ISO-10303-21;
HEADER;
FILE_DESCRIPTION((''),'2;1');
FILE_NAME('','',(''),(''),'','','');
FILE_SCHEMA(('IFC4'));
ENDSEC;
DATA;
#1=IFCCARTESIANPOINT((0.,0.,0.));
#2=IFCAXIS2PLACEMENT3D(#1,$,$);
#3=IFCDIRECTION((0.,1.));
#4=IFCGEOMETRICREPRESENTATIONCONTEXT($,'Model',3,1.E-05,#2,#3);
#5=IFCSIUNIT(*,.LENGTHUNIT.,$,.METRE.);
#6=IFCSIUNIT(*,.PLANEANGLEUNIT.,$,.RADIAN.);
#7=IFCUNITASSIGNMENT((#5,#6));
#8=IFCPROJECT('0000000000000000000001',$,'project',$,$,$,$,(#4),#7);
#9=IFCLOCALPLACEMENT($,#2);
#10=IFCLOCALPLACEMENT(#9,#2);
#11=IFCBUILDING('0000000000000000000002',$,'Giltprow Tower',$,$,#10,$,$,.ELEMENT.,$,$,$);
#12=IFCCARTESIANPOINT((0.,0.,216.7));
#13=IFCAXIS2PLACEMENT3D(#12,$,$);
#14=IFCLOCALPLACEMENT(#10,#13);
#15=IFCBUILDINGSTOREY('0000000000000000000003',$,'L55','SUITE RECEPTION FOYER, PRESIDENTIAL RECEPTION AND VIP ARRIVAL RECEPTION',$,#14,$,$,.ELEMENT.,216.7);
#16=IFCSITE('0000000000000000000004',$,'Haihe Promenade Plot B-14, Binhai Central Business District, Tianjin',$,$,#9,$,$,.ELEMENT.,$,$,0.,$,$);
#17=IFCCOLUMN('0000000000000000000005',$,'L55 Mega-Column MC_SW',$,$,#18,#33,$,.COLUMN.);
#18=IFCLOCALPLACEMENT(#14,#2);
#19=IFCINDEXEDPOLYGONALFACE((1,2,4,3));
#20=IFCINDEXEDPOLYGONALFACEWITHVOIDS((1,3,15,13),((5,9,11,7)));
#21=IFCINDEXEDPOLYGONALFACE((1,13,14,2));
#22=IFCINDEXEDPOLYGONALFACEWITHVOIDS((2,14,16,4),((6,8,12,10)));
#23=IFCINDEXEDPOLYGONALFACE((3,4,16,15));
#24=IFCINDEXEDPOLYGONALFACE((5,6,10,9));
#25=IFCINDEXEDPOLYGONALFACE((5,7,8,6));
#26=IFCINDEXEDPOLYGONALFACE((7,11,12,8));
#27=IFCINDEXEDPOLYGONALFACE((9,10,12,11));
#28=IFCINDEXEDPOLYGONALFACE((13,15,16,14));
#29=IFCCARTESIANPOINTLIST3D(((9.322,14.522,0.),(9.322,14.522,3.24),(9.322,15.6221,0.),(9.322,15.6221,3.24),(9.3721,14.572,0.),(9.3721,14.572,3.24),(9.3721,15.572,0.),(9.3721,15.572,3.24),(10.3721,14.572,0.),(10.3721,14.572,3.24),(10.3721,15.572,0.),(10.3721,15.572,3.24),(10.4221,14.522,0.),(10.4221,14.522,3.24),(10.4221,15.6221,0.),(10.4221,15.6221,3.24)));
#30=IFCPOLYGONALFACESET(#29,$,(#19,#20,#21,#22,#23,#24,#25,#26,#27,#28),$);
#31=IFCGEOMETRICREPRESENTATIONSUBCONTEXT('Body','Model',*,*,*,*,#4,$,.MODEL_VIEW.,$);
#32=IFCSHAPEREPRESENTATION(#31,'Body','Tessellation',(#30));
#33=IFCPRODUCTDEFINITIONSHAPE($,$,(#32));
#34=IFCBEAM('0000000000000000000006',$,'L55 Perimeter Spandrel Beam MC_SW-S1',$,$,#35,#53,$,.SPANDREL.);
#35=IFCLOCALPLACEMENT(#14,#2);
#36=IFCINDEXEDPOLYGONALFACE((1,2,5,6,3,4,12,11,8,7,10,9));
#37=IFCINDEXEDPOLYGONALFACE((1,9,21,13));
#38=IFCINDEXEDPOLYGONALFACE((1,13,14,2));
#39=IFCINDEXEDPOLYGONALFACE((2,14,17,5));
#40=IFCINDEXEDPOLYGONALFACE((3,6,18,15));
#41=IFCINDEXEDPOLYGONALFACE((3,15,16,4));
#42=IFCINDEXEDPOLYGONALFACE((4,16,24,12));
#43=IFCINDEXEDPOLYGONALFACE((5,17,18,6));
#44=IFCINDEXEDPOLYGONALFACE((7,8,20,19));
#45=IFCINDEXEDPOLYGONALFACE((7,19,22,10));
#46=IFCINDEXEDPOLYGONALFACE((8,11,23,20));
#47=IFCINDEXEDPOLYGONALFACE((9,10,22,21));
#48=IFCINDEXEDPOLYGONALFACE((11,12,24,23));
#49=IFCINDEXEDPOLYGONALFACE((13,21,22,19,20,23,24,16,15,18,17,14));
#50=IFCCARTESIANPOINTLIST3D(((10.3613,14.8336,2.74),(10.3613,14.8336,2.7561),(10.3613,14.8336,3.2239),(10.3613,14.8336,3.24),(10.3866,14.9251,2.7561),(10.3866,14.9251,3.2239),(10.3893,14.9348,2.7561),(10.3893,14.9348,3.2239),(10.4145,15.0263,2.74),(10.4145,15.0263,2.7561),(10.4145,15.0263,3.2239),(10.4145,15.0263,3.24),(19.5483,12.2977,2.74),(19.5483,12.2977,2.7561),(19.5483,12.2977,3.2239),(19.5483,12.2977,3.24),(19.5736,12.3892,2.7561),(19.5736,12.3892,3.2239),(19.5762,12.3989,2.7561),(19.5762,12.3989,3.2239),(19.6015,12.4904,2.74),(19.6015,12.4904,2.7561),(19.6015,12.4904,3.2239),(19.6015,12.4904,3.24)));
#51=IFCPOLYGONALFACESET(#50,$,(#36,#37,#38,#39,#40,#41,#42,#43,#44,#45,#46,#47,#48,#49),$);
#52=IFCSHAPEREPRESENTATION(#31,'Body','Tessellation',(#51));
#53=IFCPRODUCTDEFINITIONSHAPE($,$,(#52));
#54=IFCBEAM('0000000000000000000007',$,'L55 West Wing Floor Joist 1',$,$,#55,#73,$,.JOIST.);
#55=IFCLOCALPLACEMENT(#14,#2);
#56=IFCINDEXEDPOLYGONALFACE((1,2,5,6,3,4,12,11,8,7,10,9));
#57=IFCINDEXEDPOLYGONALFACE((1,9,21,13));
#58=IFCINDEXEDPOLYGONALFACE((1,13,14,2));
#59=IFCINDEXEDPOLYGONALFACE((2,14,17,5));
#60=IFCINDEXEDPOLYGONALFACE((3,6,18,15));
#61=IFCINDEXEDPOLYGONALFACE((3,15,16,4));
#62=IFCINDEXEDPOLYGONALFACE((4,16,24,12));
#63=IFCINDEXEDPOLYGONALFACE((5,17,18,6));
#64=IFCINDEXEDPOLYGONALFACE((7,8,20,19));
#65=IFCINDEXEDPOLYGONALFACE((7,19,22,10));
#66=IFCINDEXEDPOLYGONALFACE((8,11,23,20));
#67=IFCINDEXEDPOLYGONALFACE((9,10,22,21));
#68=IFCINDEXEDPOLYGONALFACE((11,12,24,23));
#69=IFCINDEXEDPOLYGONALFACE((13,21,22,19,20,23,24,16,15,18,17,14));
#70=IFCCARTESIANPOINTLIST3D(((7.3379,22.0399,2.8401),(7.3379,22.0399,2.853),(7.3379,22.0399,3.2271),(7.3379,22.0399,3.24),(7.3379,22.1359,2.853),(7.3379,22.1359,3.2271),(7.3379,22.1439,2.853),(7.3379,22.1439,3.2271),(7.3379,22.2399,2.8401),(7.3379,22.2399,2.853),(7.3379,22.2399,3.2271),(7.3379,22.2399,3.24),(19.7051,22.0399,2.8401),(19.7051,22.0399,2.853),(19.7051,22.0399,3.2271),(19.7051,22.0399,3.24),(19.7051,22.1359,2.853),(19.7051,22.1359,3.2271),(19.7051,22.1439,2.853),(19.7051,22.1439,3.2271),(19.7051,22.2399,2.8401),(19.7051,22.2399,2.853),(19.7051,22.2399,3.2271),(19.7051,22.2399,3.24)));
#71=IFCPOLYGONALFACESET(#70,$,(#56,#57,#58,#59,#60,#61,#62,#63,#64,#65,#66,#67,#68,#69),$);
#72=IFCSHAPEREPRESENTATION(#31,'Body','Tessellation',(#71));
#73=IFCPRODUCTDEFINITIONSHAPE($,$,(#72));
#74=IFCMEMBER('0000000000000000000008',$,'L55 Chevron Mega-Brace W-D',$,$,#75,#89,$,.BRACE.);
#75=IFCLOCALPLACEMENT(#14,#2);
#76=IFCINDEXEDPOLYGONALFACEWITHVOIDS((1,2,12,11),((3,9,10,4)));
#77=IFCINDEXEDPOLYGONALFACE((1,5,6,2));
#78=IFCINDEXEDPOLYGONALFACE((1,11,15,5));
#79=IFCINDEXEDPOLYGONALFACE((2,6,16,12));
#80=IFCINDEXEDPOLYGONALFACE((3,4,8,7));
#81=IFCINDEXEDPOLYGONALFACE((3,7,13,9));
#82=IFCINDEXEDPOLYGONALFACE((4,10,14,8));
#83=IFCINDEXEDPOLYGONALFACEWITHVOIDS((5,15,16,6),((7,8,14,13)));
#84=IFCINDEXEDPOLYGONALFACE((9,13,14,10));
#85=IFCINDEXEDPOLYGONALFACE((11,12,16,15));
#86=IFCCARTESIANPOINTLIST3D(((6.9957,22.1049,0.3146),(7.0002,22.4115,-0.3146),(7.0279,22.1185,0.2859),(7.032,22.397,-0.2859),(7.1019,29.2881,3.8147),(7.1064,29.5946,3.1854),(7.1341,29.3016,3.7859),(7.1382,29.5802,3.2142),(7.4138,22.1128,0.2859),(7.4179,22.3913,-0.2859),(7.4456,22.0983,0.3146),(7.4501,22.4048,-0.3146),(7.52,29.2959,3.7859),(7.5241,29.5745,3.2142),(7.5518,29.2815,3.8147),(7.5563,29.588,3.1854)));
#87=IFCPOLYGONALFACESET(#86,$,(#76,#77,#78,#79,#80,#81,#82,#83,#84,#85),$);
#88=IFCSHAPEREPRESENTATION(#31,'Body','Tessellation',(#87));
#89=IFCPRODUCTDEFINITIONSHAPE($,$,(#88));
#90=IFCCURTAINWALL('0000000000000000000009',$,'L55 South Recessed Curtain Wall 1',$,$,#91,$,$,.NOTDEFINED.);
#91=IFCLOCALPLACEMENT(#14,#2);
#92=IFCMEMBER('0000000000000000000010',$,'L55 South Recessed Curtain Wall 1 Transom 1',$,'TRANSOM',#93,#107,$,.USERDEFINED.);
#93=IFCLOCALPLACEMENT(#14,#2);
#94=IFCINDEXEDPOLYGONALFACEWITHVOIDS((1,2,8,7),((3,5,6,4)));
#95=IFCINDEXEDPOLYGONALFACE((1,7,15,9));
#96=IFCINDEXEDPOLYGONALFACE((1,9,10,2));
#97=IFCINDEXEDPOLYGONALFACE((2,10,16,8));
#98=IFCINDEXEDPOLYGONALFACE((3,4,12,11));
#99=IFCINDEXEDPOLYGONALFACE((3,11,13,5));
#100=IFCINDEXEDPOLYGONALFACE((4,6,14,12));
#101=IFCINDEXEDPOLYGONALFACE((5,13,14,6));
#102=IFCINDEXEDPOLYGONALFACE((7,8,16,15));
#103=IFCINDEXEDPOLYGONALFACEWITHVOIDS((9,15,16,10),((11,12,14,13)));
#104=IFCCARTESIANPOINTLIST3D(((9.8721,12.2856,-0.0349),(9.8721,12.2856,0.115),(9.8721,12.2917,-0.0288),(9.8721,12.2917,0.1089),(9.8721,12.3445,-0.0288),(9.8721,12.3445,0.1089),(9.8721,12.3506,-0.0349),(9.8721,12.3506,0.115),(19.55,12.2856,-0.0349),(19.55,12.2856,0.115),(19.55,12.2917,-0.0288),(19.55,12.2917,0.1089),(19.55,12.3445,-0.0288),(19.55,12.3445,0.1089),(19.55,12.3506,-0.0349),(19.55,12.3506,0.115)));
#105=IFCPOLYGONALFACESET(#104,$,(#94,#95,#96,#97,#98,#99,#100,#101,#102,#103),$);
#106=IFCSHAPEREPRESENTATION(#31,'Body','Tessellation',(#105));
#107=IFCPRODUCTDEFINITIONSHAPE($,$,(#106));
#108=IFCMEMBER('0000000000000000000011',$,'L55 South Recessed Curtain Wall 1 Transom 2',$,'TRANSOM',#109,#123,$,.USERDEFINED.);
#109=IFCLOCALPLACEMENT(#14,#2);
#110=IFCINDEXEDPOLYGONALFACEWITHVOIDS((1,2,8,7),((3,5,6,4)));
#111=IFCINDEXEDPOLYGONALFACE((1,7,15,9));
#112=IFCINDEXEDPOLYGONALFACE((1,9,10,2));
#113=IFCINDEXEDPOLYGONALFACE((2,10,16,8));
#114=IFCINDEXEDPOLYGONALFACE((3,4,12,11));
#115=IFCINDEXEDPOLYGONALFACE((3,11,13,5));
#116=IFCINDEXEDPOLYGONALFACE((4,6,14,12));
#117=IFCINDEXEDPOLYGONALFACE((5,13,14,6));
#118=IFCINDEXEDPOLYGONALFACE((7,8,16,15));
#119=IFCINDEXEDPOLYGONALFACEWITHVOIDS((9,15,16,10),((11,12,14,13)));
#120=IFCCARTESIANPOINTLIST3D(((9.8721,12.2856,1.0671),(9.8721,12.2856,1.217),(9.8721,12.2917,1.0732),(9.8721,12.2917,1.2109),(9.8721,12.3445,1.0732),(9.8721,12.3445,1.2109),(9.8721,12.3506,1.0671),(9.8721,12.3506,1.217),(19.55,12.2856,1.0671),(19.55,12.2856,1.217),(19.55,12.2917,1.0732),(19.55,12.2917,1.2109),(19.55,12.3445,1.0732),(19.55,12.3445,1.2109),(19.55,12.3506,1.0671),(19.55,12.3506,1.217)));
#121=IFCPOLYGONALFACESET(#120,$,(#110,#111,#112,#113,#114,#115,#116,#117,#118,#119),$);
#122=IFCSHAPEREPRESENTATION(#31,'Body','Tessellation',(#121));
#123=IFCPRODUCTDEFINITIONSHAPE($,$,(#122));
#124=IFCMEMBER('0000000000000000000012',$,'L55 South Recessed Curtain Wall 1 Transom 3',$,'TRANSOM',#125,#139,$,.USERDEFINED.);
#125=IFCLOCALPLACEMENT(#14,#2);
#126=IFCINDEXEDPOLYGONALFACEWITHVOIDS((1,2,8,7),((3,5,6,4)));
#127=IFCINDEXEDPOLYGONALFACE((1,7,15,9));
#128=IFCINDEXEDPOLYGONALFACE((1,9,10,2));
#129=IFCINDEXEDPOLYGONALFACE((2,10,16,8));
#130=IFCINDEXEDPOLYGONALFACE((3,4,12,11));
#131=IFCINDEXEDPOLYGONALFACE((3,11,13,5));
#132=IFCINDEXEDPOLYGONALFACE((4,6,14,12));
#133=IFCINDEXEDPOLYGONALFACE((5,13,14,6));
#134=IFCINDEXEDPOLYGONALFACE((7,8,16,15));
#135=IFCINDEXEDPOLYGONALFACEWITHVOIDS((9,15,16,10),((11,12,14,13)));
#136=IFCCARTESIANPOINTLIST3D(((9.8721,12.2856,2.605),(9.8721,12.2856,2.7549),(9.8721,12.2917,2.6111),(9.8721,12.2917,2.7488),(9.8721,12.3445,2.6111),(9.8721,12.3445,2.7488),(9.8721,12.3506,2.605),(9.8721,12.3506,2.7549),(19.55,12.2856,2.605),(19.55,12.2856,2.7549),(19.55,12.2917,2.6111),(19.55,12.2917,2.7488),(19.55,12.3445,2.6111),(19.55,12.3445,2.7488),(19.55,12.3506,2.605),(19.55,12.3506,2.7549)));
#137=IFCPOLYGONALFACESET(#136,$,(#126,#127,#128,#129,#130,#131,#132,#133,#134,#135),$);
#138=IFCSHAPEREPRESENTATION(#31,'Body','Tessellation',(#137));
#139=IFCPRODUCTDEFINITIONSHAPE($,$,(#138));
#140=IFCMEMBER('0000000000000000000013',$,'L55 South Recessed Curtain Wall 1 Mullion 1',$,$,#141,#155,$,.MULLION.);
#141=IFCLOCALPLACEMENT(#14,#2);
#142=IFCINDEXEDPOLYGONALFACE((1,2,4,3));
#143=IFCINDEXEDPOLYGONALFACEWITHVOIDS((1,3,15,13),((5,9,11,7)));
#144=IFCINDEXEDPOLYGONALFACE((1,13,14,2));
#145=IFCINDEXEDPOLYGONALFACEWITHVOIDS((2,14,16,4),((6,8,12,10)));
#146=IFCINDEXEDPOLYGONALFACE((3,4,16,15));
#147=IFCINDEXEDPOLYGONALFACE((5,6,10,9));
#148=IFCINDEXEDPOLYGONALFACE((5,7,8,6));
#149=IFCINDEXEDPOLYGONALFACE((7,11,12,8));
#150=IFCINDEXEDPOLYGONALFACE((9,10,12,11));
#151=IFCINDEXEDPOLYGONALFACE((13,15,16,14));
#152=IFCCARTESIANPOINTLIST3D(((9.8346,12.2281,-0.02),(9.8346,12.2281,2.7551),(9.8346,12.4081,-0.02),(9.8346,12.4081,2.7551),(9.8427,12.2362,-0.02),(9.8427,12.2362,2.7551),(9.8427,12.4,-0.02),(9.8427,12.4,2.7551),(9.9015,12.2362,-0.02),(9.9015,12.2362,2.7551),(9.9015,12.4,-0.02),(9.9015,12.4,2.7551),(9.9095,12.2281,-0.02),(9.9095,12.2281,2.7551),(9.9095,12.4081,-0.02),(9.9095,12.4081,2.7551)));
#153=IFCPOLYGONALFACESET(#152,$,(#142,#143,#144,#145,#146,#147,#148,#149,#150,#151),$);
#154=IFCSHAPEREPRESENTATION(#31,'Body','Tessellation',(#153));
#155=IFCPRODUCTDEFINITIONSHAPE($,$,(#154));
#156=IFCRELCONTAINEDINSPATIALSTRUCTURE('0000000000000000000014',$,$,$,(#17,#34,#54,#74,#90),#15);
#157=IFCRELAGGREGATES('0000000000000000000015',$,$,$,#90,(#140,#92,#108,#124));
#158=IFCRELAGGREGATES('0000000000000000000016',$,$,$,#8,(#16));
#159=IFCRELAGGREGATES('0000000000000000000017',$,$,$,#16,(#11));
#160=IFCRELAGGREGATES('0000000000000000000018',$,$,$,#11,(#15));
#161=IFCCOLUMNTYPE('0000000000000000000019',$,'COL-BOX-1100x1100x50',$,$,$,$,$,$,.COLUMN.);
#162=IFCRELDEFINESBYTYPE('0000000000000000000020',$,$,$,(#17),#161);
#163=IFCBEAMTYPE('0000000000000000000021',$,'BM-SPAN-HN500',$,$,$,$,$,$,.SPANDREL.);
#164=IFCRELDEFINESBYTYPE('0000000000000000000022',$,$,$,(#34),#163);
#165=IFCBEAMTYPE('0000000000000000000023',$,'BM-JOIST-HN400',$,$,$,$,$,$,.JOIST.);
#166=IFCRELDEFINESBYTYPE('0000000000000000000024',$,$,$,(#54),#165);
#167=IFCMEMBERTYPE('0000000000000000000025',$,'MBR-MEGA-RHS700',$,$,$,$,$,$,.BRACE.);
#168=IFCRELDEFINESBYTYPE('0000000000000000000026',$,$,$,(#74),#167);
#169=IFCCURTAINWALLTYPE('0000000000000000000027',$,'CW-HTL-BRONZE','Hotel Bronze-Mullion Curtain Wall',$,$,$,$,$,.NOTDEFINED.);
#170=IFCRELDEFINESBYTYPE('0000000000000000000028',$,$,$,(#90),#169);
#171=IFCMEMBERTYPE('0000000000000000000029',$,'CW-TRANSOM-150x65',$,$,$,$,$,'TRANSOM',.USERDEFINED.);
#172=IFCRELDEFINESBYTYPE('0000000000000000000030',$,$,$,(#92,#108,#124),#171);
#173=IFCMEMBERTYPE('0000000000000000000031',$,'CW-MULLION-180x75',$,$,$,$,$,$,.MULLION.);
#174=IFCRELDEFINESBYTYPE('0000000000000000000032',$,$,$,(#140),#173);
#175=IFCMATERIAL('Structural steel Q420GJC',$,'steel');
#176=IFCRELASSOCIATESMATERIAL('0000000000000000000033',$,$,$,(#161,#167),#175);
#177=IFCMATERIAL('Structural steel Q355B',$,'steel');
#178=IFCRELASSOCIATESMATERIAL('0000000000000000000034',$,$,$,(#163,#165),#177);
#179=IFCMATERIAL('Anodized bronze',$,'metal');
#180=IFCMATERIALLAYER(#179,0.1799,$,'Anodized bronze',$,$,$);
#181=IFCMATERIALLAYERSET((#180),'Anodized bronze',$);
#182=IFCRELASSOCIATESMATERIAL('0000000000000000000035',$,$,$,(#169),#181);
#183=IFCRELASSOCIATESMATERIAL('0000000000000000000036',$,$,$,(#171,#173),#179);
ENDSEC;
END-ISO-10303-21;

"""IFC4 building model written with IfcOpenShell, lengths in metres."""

from ifc_helpers import new_model, si_unit, direction, frame, origin, origin_2d, place, context, subcontext, project, spatial, hollow_rectangle, i_section, extrude, source, transform, mapped, material, layer, layer_set, material_profile, profile_set, type_object, element, aggregate, save


model = new_model("IFC4")

# Units and contexts
model_context = context("Model", 3, precision=1e-05, world=origin(), true_north=direction((0.0, 1.0)))
body_context = subcontext(model_context, "Body", "Model", "MODEL_VIEW")
ifc_project = project(units=[si_unit("LENGTHUNIT", "METRE"), si_unit("PLANEANGLEUNIT", "RADIAN")], contexts=[model_context])

# Site, building, storey
site_placement = place(None, origin())
site = spatial("IfcSite", under=ifc_project, at=site_placement, Name="Haihe Promenade Plot B-14, Binhai Central Business District, Tianjin", CompositionType="ELEMENT", RefElevation=0.0)
building_placement = place(site_placement, origin())
building = spatial("IfcBuilding", under=site, at=building_placement, Name="Giltprow Tower", CompositionType="ELEMENT")
storey_placement = place(building_placement, frame((0.0, 0.0, 216.7)))
storey = spatial("IfcBuildingStorey", under=building, at=storey_placement, Name="L55", Description="SUITE RECEPTION FOYER, PRESIDENTIAL RECEPTION AND VIP ARRIVAL RECEPTION", CompositionType="ELEMENT", Elevation=216.7)

# Column
ifc_material_1 = material(Name="Structural steel Q420GJC", Category="steel")
ifc_material_profile_1 = material_profile(ifc_material_1, hollow_rectangle(XDim=1.1001, YDim=1.1001, WallThickness=0.05, at=origin_2d()), Name="BOX 1100x1100x50")
ifc_profile_set_1 = profile_set([ifc_material_profile_1], Name="Structural steel Q420GJC")
column_type = type_object("IfcColumnType", Name="COL-BOX-1100x1100x50", PredefinedType="COLUMN", material=ifc_profile_set_1)
shared_shape_1 = source(origin(), body_context, "Body", "SweptSolid", [
    extrude(hollow_rectangle(XDim=1.1001, YDim=1.1001, WallThickness=0.05, at=origin_2d()), origin(), (0.0, 0.0, 1.0), 3.24),
])
column_placement = place(storey_placement, frame((9.8721, 15.072, 0.0), z_axis=(0.0, 0.0, 1.0), x_axis=(1.0, 0.0, 0.0)))
element("IfcColumn", 1, at=column_placement, inside=storey, type_object=column_type, Name="L55 Mega-Column MC_SW", PredefinedType="COLUMN", context=body_context, shape_type="MappedRepresentation", body=[
    mapped(shared_shape_1, transform((0.0, 0.0, 0.0), x_axis=(1.0, 0.0, 0.0), y_axis=(0.0, 1.0, 0.0), z_axis=(0.0, 0.0, 1.0), scale=1.0)),
])

# Beams
ifc_material_2 = material(Name="Structural steel Q355B", Category="steel")
ifc_material_profile_2 = material_profile(ifc_material_2, i_section(OverallWidth=0.2, OverallDepth=0.5, WebThickness=0.01, FlangeThickness=0.0161, at=origin_2d()), Name="HN 500x200x10x16")
ifc_profile_set_2 = profile_set([ifc_material_profile_2], Name="Structural steel Q355B")
beam_type_1 = type_object("IfcBeamType", Name="BM-SPAN-HN500", PredefinedType="SPANDREL", material=ifc_profile_set_2)
shared_shape_2 = source(origin(), body_context, "Body", "SweptSolid", [
    extrude(i_section(OverallWidth=0.2, OverallDepth=0.5, WebThickness=0.01, FlangeThickness=0.0161, at=origin_2d()), origin(), (0.0, 0.0, 1.0), 9.5305),
])
beam_1_placement = place(storey_placement, frame((10.3879, 14.9299, 2.99), z_axis=(0.963951, -0.266079, 0.0), x_axis=(0.266079, 0.963951, 0.0)))
element("IfcBeam", 2, at=beam_1_placement, inside=storey, type_object=beam_type_1, Name="L55 Perimeter Spandrel Beam MC_SW-S1", PredefinedType="SPANDREL", context=body_context, shape_type="MappedRepresentation", body=[
    mapped(shared_shape_2, transform((0.0, 0.0, 0.0), x_axis=(1.0, 0.0, 0.0), y_axis=(0.0, 1.0, 0.0), z_axis=(0.0, 0.0, 1.0), scale=1.0)),
])
ifc_material_profile_3 = material_profile(ifc_material_2, i_section(OverallWidth=0.2, OverallDepth=0.3999, WebThickness=0.0081, FlangeThickness=0.0129, at=origin_2d()), Name="HN 400x200x8x13")
ifc_profile_set_3 = profile_set([ifc_material_profile_3], Name="Structural steel Q355B")
beam_type_2 = type_object("IfcBeamType", Name="BM-JOIST-HN400", PredefinedType="JOIST", material=ifc_profile_set_3)
shared_shape_3 = source(origin(), body_context, "Body", "SweptSolid", [
    extrude(i_section(OverallWidth=0.2, OverallDepth=0.3999, WebThickness=0.0081, FlangeThickness=0.0129, at=origin_2d()), origin(), (0.0, 0.0, 1.0), 12.3672),
])
beam_2_placement = place(storey_placement, frame((7.3379, 22.1399, 3.04), z_axis=(1.0, 0.0, 0.0), x_axis=(0.0, 1.0, 0.0)))
element("IfcBeam", 3, at=beam_2_placement, inside=storey, type_object=beam_type_2, Name="L55 West Wing Floor Joist 1", PredefinedType="JOIST", context=body_context, shape_type="MappedRepresentation", body=[
    mapped(shared_shape_3, transform((0.0, 0.0, 0.0), x_axis=(1.0, 0.0, 0.0), y_axis=(0.0, 1.0, 0.0), z_axis=(0.0, 0.0, 1.0), scale=1.0)),
])

# Member
ifc_material_profile_4 = material_profile(ifc_material_1, hollow_rectangle(XDim=0.45, YDim=0.7, WallThickness=0.032, at=origin_2d()), Name="RHS 700x450x32")
ifc_profile_set_4 = profile_set([ifc_material_profile_4], Name="Structural steel Q420GJC")
member_type_1 = type_object("IfcMemberType", Name="MBR-MEGA-RHS700", PredefinedType="BRACE", material=ifc_profile_set_4)
shared_shape_4 = source(origin(), body_context, "Body", "SweptSolid", [
    extrude(hollow_rectangle(XDim=0.45, YDim=0.7, WallThickness=0.032, at=origin_2d()), origin(), (0.0, 0.0, 1.0), 7.9912),
])
member_1_placement = place(storey_placement, frame((7.2229, 22.2549, 0.0), z_axis=(0.01329, 0.898884, 0.437985), x_axis=(-0.999891, 0.014783, 0.0)))
element("IfcMember", 4, at=member_1_placement, inside=storey, type_object=member_type_1, Name="L55 Chevron Mega-Brace W-D", PredefinedType="BRACE", context=body_context, shape_type="MappedRepresentation", body=[
    mapped(shared_shape_4, transform((0.0, 0.0, 0.0), x_axis=(1.0, 0.0, 0.0), y_axis=(0.0, 1.0, 0.0), z_axis=(0.0, 0.0, 1.0), scale=1.0)),
])

# Curtain wall, members
ifc_material_3 = material(Name="Anodized bronze", Category="metal")
ifc_layer_1 = layer(ifc_material_3, 0.1799, Name="Anodized bronze")
ifc_layer_set_1 = layer_set([ifc_layer_1], Name="Anodized bronze")
curtain_wall_type = type_object("IfcCurtainWallType", Name="CW-HTL-BRONZE", Description="Hotel Bronze-Mullion Curtain Wall", PredefinedType="NOTDEFINED", material=ifc_layer_set_1)
curtain_wall_placement = place(storey_placement, origin())
curtain_wall = element("IfcCurtainWall", 5, at=curtain_wall_placement, inside=storey, type_object=curtain_wall_type, Name="L55 South Recessed Curtain Wall 1", PredefinedType="NOTDEFINED")
ifc_material_profile_5 = material_profile(ifc_material_3, hollow_rectangle(XDim=0.0649, YDim=0.1499, WallThickness=0.0061, at=origin_2d()), Name="RHS 150x65x6")
ifc_profile_set_5 = profile_set([ifc_material_profile_5], Name="Anodized bronze")
member_type_2 = type_object("IfcMemberType", Name="CW-TRANSOM-150x65", ElementType="TRANSOM", PredefinedType="USERDEFINED", material=ifc_profile_set_5)
shared_shape_5 = source(origin(), body_context, "Body", "SweptSolid", [
    extrude(hollow_rectangle(XDim=0.0649, YDim=0.1499, WallThickness=0.0061, at=origin_2d()), origin(), (0.0, 0.0, 1.0), 9.678),
])
member_2_placement = place(storey_placement, frame((9.8721, 12.3181, 0.04), z_axis=(1.0, 0.0, 0.0), x_axis=(0.0, 1.0, 0.0)))
member_2 = element("IfcMember", 6, at=member_2_placement, type_object=member_type_2, Name="L55 South Recessed Curtain Wall 1 Transom 1", ObjectType="TRANSOM", PredefinedType="USERDEFINED", context=body_context, shape_type="MappedRepresentation", body=[
    mapped(shared_shape_5, transform((0.0, 0.0, 0.0), x_axis=(1.0, 0.0, 0.0), y_axis=(0.0, 1.0, 0.0), z_axis=(0.0, 0.0, 1.0), scale=1.0)),
])
member_3_placement = place(storey_placement, frame((9.8721, 12.3181, 1.1421), z_axis=(1.0, 0.0, 0.0), x_axis=(0.0, 1.0, 0.0)))
member_3 = element("IfcMember", 7, at=member_3_placement, type_object=member_type_2, Name="L55 South Recessed Curtain Wall 1 Transom 2", ObjectType="TRANSOM", PredefinedType="USERDEFINED", context=body_context, shape_type="MappedRepresentation", body=[
    mapped(shared_shape_5, transform((0.0, 0.0, 0.0), x_axis=(1.0, 0.0, 0.0), y_axis=(0.0, 1.0, 0.0), z_axis=(0.0, 0.0, 1.0), scale=1.0)),
])
member_4_placement = place(storey_placement, frame((9.8721, 12.3181, 2.6799), z_axis=(1.0, 0.0, 0.0), x_axis=(0.0, 1.0, 0.0)))
member_4 = element("IfcMember", 8, at=member_4_placement, type_object=member_type_2, Name="L55 South Recessed Curtain Wall 1 Transom 3", ObjectType="TRANSOM", PredefinedType="USERDEFINED", context=body_context, shape_type="MappedRepresentation", body=[
    mapped(shared_shape_5, transform((0.0, 0.0, 0.0), x_axis=(1.0, 0.0, 0.0), y_axis=(0.0, 1.0, 0.0), z_axis=(0.0, 0.0, 1.0), scale=1.0)),
])
ifc_material_profile_6 = material_profile(ifc_material_3, hollow_rectangle(XDim=0.075, YDim=0.1799, WallThickness=0.0081, at=origin_2d()), Name="RHS 180x75x8")
ifc_profile_set_6 = profile_set([ifc_material_profile_6], Name="Anodized bronze")
member_type_3 = type_object("IfcMemberType", Name="CW-MULLION-180x75", PredefinedType="MULLION", material=ifc_profile_set_6)
shared_shape_6 = source(origin(), body_context, "Body", "SweptSolid", [
    extrude(hollow_rectangle(XDim=0.075, YDim=0.1799, WallThickness=0.0081, at=origin_2d()), origin(), (0.0, 0.0, 1.0), 2.7751),
])
member_5_placement = place(storey_placement, frame((9.8721, 12.3181, -0.02), z_axis=(0.0, 0.0, 1.0), x_axis=(1.0, 0.0, 0.0)))
member_5 = element("IfcMember", 9, at=member_5_placement, type_object=member_type_3, Name="L55 South Recessed Curtain Wall 1 Mullion 1", PredefinedType="MULLION", context=body_context, shape_type="MappedRepresentation", body=[
    mapped(shared_shape_6, transform((0.0, 0.0, 0.0), x_axis=(1.0, 0.0, 0.0), y_axis=(0.0, 1.0, 0.0), z_axis=(0.0, 0.0, 1.0), scale=1.0)),
])

aggregate(curtain_wall, [member_5, member_2, member_3, member_4])

save(model, "model.ifc")
